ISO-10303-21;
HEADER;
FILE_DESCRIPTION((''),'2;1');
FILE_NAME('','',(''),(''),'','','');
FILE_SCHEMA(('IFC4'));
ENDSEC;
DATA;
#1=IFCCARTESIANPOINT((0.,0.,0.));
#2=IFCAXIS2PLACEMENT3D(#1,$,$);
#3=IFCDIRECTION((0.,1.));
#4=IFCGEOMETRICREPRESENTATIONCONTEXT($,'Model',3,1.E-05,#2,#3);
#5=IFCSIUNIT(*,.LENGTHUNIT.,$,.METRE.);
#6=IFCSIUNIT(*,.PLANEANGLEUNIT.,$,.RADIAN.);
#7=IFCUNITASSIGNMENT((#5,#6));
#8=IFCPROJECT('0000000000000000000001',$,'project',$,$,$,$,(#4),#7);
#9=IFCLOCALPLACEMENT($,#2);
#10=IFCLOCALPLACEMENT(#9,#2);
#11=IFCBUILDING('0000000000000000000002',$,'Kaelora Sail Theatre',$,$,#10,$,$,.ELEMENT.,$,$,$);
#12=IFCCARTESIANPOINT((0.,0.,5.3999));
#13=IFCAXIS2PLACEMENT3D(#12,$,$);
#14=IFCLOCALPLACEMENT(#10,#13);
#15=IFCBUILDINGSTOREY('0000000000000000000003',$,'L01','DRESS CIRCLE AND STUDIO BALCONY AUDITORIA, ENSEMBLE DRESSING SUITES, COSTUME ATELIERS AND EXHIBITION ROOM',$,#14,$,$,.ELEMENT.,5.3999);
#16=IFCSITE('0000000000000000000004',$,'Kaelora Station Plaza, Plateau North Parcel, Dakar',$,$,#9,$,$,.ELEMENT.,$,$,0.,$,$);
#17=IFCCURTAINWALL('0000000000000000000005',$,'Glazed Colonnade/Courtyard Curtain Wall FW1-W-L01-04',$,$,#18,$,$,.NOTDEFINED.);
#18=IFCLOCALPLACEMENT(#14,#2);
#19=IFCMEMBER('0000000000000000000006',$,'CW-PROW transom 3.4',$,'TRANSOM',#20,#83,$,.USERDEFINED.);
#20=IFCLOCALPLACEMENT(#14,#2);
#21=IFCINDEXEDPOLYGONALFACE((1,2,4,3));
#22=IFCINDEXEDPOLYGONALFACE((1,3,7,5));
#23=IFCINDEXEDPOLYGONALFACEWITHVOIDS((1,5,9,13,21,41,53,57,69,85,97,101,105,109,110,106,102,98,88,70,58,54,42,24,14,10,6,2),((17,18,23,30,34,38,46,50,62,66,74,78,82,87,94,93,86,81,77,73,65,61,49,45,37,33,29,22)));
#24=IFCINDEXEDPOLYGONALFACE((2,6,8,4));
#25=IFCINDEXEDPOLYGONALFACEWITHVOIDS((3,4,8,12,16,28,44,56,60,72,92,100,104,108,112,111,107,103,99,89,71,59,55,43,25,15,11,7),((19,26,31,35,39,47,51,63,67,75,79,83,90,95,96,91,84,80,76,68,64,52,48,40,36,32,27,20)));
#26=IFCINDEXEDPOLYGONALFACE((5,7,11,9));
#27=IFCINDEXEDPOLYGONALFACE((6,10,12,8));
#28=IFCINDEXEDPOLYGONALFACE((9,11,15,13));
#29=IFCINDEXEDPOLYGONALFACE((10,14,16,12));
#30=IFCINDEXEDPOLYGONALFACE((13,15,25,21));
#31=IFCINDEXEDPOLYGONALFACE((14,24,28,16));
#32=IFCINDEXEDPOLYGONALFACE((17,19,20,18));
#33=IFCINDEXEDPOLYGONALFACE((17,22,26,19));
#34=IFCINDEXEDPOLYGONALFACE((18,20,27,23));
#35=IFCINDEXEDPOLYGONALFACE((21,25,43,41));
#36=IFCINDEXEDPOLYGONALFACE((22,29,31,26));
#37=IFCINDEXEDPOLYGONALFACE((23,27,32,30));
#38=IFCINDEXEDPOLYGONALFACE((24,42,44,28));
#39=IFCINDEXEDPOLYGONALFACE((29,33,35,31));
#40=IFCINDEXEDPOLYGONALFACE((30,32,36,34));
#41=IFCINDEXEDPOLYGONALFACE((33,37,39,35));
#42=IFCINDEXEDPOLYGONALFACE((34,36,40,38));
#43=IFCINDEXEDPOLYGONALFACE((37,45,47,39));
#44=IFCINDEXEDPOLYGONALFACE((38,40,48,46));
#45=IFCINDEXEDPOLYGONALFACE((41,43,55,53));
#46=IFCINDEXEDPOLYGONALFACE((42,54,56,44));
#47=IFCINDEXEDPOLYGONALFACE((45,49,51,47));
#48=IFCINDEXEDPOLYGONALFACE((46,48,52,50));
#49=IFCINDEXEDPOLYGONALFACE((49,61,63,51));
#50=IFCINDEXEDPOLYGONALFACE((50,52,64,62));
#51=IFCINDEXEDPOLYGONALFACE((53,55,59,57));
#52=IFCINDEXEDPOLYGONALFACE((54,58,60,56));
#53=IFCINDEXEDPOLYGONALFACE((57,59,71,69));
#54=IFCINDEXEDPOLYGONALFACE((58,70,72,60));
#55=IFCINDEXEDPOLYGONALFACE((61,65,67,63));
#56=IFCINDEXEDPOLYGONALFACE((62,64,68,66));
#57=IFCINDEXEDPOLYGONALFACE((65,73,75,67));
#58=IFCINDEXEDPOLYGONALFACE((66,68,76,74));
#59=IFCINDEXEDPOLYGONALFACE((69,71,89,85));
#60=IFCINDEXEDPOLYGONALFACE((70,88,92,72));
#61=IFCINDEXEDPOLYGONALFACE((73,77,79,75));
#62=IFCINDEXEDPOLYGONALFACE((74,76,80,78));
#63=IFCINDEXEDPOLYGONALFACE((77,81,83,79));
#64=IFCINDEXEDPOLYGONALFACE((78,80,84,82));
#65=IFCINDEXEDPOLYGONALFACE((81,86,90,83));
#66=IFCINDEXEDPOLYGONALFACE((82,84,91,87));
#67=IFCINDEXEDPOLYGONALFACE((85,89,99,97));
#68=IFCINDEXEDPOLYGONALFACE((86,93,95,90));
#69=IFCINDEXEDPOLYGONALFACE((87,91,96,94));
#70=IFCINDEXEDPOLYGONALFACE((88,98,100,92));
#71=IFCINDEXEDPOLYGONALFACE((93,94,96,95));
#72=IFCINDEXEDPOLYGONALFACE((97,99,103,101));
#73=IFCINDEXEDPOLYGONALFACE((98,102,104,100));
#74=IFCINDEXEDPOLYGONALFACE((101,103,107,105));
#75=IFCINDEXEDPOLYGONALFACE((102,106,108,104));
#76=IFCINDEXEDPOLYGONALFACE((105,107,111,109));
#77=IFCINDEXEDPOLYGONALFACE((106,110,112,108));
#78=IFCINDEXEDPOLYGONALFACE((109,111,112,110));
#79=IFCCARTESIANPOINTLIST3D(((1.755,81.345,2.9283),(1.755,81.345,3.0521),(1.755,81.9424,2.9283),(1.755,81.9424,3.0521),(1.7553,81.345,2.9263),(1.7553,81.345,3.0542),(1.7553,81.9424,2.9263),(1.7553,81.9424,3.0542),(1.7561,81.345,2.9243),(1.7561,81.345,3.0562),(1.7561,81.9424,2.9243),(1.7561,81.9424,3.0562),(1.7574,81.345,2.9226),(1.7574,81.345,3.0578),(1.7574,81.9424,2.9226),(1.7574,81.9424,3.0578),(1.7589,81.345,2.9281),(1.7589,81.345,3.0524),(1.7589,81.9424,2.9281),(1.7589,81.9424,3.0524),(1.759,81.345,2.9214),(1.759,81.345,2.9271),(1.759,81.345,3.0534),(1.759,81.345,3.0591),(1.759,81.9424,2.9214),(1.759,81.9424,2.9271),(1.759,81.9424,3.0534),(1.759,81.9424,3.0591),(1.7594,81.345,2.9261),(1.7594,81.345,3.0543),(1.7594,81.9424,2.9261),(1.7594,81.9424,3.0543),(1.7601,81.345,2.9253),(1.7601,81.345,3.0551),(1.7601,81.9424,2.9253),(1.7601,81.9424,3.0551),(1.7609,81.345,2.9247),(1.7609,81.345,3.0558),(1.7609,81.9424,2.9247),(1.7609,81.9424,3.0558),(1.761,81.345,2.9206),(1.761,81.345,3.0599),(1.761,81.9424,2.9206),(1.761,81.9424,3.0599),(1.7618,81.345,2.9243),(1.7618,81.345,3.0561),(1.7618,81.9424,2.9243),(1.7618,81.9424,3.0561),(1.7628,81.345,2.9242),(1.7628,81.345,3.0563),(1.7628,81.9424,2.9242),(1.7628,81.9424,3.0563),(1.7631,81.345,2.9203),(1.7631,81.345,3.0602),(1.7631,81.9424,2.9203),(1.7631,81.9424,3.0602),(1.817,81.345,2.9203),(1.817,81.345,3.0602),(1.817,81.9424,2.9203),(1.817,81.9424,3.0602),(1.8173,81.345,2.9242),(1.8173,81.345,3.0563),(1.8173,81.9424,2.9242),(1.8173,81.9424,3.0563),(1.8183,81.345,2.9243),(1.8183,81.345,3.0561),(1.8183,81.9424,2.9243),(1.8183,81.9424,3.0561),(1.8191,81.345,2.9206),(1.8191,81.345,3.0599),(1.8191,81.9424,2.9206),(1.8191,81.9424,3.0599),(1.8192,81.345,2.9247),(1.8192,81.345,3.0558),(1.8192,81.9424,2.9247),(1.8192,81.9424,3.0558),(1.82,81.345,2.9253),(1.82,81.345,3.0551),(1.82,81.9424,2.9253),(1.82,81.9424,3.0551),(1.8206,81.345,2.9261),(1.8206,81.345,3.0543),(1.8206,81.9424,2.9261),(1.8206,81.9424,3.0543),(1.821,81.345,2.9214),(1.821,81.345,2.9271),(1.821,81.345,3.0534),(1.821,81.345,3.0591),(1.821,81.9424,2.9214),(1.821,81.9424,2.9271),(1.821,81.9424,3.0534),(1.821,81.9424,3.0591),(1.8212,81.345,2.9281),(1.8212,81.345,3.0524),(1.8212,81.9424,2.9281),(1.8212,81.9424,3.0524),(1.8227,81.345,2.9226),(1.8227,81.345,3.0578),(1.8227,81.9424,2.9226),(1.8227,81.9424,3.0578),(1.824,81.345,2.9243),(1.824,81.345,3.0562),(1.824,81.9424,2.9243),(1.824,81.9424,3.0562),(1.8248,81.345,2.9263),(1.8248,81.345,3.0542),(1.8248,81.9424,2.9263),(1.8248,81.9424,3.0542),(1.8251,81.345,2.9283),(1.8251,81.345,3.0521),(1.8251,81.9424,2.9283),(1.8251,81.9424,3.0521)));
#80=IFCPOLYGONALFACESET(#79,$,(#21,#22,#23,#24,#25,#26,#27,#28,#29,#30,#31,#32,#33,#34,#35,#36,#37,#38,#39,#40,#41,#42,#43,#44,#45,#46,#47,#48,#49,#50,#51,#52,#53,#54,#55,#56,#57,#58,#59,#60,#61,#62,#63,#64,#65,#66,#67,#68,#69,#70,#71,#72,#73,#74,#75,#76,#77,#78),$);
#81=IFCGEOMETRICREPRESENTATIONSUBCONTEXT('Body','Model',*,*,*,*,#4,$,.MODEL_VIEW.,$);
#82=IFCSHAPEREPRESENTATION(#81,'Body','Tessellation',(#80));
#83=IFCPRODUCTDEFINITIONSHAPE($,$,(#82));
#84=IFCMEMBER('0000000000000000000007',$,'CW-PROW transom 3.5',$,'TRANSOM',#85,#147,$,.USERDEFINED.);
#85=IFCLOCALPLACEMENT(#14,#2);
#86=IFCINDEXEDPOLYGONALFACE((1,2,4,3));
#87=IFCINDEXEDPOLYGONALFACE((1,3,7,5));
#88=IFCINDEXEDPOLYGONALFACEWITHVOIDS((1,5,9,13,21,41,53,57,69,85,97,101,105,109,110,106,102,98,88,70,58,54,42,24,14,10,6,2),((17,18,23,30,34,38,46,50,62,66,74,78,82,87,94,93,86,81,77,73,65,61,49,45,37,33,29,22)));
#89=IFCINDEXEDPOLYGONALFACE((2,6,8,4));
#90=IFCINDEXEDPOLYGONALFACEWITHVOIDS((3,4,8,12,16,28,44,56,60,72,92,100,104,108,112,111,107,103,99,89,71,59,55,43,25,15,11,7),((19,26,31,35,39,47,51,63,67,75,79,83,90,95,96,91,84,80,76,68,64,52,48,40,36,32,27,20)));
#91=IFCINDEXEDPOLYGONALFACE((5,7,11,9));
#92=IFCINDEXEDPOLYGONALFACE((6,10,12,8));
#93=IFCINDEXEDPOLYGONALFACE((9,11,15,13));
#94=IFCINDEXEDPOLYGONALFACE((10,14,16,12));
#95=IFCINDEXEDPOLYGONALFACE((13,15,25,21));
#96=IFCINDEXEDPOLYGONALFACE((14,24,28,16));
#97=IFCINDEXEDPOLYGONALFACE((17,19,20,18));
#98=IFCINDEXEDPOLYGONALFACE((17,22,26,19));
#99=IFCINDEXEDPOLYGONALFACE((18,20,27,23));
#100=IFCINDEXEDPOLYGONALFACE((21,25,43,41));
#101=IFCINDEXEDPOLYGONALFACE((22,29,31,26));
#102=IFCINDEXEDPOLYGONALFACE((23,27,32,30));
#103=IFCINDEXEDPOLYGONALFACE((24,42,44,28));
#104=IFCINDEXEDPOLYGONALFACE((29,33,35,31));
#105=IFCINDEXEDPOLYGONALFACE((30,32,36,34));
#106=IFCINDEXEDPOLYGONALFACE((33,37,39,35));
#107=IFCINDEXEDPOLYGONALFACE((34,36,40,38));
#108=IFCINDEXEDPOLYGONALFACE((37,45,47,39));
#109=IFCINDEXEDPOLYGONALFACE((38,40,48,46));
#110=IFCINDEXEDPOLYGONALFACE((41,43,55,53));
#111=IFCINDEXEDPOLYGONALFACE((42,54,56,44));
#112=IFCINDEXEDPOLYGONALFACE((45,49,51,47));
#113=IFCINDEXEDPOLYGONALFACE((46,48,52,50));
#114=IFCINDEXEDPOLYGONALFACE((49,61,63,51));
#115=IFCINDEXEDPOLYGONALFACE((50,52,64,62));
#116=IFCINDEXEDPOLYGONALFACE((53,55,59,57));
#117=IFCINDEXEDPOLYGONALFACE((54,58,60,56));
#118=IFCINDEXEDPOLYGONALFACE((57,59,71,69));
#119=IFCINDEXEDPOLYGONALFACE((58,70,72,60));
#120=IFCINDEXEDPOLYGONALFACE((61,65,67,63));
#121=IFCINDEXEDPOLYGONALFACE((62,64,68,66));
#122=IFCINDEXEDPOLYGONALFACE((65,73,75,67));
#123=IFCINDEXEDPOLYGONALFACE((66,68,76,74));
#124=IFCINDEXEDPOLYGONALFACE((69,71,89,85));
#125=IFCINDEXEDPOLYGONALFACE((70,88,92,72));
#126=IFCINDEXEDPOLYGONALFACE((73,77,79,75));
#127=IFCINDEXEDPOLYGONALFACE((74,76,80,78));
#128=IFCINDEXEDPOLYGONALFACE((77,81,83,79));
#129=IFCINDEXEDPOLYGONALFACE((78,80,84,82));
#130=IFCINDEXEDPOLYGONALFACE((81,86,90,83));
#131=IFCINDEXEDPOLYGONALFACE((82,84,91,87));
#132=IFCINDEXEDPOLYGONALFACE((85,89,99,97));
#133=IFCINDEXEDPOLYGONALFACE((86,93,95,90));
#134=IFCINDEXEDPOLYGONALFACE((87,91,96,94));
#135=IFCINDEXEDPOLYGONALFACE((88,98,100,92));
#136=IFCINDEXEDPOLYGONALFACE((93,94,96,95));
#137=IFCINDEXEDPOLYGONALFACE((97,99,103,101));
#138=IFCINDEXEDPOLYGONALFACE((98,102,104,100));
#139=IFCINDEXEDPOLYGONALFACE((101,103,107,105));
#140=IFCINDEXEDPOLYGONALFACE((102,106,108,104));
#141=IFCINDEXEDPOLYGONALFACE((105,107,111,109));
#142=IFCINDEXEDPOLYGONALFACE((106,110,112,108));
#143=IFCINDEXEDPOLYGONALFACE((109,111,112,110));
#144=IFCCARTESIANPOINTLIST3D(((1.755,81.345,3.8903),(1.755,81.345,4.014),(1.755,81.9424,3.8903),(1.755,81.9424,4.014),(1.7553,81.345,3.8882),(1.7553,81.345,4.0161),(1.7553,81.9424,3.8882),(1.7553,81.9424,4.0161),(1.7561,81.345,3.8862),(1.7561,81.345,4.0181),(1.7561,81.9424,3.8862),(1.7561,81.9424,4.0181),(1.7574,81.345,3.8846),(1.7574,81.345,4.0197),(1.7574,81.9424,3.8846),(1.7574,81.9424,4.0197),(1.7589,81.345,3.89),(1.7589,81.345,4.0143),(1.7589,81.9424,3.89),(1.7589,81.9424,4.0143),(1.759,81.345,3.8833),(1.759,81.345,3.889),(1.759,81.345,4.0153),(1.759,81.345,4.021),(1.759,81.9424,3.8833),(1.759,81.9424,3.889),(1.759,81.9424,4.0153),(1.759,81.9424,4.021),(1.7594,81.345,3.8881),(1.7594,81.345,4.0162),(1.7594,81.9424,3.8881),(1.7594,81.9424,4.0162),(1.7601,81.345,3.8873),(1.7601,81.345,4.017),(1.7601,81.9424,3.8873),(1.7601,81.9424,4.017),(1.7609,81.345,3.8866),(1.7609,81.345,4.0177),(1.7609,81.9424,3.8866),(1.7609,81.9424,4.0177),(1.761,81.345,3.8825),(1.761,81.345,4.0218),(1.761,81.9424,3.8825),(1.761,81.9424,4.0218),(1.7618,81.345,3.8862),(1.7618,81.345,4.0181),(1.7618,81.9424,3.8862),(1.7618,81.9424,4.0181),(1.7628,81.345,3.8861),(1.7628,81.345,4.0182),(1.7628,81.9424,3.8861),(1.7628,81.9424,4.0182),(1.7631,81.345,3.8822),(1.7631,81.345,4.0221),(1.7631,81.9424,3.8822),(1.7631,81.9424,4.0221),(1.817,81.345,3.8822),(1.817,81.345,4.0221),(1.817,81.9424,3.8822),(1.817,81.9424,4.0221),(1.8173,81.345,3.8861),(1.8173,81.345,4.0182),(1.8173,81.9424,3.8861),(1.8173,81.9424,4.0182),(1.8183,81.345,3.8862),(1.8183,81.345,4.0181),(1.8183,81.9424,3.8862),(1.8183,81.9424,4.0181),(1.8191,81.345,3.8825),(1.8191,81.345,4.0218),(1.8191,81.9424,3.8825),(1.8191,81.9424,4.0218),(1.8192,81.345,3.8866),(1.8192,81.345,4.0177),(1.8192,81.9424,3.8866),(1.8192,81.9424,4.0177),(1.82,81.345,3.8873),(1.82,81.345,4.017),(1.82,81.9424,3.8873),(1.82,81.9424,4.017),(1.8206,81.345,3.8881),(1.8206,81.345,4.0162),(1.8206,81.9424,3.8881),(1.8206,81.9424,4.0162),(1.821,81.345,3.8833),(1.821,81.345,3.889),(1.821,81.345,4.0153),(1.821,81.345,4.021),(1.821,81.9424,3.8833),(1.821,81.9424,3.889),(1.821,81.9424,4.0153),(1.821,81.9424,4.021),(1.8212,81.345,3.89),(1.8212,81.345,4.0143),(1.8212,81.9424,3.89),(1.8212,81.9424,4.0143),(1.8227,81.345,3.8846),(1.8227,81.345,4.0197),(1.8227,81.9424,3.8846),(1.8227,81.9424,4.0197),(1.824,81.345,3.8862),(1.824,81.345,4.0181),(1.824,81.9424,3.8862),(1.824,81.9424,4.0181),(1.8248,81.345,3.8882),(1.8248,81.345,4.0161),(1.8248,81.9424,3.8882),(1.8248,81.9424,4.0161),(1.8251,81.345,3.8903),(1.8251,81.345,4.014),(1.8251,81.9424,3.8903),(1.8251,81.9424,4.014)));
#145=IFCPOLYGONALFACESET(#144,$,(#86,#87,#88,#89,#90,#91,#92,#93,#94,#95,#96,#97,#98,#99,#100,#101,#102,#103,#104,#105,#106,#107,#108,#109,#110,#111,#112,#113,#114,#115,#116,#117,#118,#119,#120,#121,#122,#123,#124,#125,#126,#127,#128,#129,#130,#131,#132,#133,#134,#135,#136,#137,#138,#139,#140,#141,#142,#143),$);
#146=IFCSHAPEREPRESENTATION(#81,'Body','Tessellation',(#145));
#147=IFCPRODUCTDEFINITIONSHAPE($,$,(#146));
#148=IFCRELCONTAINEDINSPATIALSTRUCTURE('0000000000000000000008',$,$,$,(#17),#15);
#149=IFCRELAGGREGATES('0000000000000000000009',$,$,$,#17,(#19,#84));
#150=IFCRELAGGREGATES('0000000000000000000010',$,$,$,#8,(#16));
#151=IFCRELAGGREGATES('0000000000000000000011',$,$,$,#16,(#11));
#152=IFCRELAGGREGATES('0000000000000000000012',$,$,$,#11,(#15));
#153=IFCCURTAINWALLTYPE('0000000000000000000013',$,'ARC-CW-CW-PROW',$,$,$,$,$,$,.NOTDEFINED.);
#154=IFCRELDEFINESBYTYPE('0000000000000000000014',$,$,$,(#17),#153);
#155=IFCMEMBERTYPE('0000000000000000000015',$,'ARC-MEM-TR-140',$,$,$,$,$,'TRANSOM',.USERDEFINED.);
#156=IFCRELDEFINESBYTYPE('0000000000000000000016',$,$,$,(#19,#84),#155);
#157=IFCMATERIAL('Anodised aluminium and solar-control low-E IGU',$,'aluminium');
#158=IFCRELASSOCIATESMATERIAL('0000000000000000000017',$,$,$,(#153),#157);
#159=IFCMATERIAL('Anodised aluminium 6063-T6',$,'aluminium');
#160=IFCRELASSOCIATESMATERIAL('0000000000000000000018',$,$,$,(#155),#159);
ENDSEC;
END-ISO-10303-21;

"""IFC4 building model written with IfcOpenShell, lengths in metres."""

from ifc_helpers import new_model, si_unit, direction, frame, origin, origin_2d, place, context, subcontext, project, spatial, hollow_rectangle, extrude, material, material_profile, profile_set, type_object, element, aggregate, save


model = new_model("IFC4")

# Units and contexts
model_context = context("Model", 3, precision=1e-05, world=origin(), true_north=direction((0.0, 1.0)))
body_context = subcontext(model_context, "Body", "Model", "MODEL_VIEW")
ifc_project = project(units=[si_unit("LENGTHUNIT", "METRE"), si_unit("PLANEANGLEUNIT", "RADIAN")], contexts=[model_context])

# Site, building, storey
site_placement = place(None, origin())
site = spatial("IfcSite", under=ifc_project, at=site_placement, Name="Kaelora Station Plaza, Plateau North Parcel, Dakar", CompositionType="ELEMENT", RefElevation=0.0)
building_placement = place(site_placement, origin())
building = spatial("IfcBuilding", under=site, at=building_placement, Name="Kaelora Sail Theatre", CompositionType="ELEMENT")
storey_placement = place(building_placement, frame((0.0, 0.0, 5.3999)))
storey = spatial("IfcBuildingStorey", under=building, at=storey_placement, Name="L01", Description="DRESS CIRCLE AND STUDIO BALCONY AUDITORIA, ENSEMBLE DRESSING SUITES, COSTUME ATELIERS AND EXHIBITION ROOM", CompositionType="ELEMENT", Elevation=5.3999)

# Curtain wall, members
ifc_material_1 = material(Name="Anodised aluminium and solar-control low-E IGU", Category="aluminium")
curtain_wall_type = type_object("IfcCurtainWallType", Name="ARC-CW-CW-PROW", PredefinedType="NOTDEFINED", material=ifc_material_1)
curtain_wall_placement = place(storey_placement, origin())
curtain_wall = element("IfcCurtainWall", 1, at=curtain_wall_placement, inside=storey, type_object=curtain_wall_type, Name="Glazed Colonnade/Courtyard Curtain Wall FW1-W-L01-04", PredefinedType="NOTDEFINED")
ifc_material_2 = material(Name="Anodised aluminium 6063-T6", Category="aluminium")
ifc_material_profile_1 = material_profile(ifc_material_2, hollow_rectangle(XDim=0.0701, YDim=0.1399, WallThickness=0.0039, InnerFilletRadius=0.0039, OuterFilletRadius=0.0081, at=origin_2d()), Name="ALU-TRAN 70x140x4")
ifc_profile_set_1 = profile_set([ifc_material_profile_1], Name="Anodised aluminium 6063-T6")
member_type_1 = type_object("IfcMemberType", Name="ARC-MEM-TR-140", ElementType="TRANSOM", PredefinedType="USERDEFINED", material=ifc_profile_set_1)
member_1_placement = place(storey_placement, frame((1.79, 81.345, 2.9902), z_axis=(0.0, 1.0, 0.0), x_axis=(-1.0, 0.0, 0.0)))
member_1 = element("IfcMember", 2, at=member_1_placement, type_object=member_type_1, Name="CW-PROW transom 3.4", ObjectType="TRANSOM", PredefinedType="USERDEFINED", context=body_context, shape_type="SweptSolid", body=[
    extrude(hollow_rectangle(XDim=0.0701, YDim=0.1399, WallThickness=0.0039, InnerFilletRadius=0.0039, OuterFilletRadius=0.0081, at=origin_2d()), origin(), (0.0, 0.0, 1.0), 0.5974),
])
member_2_placement = place(storey_placement, frame((1.79, 81.345, 3.9521), z_axis=(0.0, 1.0, 0.0), x_axis=(-1.0, 0.0, 0.0)))
member_2 = element("IfcMember", 3, at=member_2_placement, type_object=member_type_1, Name="CW-PROW transom 3.5", ObjectType="TRANSOM", PredefinedType="USERDEFINED", context=body_context, shape_type="SweptSolid", body=[
    extrude(hollow_rectangle(XDim=0.0701, YDim=0.1399, WallThickness=0.0039, InnerFilletRadius=0.0039, OuterFilletRadius=0.0081, at=origin_2d()), origin(), (0.0, 0.0, 1.0), 0.5974),
])

aggregate(curtain_wall, [member_1, member_2])

save(model, "model.ifc")
